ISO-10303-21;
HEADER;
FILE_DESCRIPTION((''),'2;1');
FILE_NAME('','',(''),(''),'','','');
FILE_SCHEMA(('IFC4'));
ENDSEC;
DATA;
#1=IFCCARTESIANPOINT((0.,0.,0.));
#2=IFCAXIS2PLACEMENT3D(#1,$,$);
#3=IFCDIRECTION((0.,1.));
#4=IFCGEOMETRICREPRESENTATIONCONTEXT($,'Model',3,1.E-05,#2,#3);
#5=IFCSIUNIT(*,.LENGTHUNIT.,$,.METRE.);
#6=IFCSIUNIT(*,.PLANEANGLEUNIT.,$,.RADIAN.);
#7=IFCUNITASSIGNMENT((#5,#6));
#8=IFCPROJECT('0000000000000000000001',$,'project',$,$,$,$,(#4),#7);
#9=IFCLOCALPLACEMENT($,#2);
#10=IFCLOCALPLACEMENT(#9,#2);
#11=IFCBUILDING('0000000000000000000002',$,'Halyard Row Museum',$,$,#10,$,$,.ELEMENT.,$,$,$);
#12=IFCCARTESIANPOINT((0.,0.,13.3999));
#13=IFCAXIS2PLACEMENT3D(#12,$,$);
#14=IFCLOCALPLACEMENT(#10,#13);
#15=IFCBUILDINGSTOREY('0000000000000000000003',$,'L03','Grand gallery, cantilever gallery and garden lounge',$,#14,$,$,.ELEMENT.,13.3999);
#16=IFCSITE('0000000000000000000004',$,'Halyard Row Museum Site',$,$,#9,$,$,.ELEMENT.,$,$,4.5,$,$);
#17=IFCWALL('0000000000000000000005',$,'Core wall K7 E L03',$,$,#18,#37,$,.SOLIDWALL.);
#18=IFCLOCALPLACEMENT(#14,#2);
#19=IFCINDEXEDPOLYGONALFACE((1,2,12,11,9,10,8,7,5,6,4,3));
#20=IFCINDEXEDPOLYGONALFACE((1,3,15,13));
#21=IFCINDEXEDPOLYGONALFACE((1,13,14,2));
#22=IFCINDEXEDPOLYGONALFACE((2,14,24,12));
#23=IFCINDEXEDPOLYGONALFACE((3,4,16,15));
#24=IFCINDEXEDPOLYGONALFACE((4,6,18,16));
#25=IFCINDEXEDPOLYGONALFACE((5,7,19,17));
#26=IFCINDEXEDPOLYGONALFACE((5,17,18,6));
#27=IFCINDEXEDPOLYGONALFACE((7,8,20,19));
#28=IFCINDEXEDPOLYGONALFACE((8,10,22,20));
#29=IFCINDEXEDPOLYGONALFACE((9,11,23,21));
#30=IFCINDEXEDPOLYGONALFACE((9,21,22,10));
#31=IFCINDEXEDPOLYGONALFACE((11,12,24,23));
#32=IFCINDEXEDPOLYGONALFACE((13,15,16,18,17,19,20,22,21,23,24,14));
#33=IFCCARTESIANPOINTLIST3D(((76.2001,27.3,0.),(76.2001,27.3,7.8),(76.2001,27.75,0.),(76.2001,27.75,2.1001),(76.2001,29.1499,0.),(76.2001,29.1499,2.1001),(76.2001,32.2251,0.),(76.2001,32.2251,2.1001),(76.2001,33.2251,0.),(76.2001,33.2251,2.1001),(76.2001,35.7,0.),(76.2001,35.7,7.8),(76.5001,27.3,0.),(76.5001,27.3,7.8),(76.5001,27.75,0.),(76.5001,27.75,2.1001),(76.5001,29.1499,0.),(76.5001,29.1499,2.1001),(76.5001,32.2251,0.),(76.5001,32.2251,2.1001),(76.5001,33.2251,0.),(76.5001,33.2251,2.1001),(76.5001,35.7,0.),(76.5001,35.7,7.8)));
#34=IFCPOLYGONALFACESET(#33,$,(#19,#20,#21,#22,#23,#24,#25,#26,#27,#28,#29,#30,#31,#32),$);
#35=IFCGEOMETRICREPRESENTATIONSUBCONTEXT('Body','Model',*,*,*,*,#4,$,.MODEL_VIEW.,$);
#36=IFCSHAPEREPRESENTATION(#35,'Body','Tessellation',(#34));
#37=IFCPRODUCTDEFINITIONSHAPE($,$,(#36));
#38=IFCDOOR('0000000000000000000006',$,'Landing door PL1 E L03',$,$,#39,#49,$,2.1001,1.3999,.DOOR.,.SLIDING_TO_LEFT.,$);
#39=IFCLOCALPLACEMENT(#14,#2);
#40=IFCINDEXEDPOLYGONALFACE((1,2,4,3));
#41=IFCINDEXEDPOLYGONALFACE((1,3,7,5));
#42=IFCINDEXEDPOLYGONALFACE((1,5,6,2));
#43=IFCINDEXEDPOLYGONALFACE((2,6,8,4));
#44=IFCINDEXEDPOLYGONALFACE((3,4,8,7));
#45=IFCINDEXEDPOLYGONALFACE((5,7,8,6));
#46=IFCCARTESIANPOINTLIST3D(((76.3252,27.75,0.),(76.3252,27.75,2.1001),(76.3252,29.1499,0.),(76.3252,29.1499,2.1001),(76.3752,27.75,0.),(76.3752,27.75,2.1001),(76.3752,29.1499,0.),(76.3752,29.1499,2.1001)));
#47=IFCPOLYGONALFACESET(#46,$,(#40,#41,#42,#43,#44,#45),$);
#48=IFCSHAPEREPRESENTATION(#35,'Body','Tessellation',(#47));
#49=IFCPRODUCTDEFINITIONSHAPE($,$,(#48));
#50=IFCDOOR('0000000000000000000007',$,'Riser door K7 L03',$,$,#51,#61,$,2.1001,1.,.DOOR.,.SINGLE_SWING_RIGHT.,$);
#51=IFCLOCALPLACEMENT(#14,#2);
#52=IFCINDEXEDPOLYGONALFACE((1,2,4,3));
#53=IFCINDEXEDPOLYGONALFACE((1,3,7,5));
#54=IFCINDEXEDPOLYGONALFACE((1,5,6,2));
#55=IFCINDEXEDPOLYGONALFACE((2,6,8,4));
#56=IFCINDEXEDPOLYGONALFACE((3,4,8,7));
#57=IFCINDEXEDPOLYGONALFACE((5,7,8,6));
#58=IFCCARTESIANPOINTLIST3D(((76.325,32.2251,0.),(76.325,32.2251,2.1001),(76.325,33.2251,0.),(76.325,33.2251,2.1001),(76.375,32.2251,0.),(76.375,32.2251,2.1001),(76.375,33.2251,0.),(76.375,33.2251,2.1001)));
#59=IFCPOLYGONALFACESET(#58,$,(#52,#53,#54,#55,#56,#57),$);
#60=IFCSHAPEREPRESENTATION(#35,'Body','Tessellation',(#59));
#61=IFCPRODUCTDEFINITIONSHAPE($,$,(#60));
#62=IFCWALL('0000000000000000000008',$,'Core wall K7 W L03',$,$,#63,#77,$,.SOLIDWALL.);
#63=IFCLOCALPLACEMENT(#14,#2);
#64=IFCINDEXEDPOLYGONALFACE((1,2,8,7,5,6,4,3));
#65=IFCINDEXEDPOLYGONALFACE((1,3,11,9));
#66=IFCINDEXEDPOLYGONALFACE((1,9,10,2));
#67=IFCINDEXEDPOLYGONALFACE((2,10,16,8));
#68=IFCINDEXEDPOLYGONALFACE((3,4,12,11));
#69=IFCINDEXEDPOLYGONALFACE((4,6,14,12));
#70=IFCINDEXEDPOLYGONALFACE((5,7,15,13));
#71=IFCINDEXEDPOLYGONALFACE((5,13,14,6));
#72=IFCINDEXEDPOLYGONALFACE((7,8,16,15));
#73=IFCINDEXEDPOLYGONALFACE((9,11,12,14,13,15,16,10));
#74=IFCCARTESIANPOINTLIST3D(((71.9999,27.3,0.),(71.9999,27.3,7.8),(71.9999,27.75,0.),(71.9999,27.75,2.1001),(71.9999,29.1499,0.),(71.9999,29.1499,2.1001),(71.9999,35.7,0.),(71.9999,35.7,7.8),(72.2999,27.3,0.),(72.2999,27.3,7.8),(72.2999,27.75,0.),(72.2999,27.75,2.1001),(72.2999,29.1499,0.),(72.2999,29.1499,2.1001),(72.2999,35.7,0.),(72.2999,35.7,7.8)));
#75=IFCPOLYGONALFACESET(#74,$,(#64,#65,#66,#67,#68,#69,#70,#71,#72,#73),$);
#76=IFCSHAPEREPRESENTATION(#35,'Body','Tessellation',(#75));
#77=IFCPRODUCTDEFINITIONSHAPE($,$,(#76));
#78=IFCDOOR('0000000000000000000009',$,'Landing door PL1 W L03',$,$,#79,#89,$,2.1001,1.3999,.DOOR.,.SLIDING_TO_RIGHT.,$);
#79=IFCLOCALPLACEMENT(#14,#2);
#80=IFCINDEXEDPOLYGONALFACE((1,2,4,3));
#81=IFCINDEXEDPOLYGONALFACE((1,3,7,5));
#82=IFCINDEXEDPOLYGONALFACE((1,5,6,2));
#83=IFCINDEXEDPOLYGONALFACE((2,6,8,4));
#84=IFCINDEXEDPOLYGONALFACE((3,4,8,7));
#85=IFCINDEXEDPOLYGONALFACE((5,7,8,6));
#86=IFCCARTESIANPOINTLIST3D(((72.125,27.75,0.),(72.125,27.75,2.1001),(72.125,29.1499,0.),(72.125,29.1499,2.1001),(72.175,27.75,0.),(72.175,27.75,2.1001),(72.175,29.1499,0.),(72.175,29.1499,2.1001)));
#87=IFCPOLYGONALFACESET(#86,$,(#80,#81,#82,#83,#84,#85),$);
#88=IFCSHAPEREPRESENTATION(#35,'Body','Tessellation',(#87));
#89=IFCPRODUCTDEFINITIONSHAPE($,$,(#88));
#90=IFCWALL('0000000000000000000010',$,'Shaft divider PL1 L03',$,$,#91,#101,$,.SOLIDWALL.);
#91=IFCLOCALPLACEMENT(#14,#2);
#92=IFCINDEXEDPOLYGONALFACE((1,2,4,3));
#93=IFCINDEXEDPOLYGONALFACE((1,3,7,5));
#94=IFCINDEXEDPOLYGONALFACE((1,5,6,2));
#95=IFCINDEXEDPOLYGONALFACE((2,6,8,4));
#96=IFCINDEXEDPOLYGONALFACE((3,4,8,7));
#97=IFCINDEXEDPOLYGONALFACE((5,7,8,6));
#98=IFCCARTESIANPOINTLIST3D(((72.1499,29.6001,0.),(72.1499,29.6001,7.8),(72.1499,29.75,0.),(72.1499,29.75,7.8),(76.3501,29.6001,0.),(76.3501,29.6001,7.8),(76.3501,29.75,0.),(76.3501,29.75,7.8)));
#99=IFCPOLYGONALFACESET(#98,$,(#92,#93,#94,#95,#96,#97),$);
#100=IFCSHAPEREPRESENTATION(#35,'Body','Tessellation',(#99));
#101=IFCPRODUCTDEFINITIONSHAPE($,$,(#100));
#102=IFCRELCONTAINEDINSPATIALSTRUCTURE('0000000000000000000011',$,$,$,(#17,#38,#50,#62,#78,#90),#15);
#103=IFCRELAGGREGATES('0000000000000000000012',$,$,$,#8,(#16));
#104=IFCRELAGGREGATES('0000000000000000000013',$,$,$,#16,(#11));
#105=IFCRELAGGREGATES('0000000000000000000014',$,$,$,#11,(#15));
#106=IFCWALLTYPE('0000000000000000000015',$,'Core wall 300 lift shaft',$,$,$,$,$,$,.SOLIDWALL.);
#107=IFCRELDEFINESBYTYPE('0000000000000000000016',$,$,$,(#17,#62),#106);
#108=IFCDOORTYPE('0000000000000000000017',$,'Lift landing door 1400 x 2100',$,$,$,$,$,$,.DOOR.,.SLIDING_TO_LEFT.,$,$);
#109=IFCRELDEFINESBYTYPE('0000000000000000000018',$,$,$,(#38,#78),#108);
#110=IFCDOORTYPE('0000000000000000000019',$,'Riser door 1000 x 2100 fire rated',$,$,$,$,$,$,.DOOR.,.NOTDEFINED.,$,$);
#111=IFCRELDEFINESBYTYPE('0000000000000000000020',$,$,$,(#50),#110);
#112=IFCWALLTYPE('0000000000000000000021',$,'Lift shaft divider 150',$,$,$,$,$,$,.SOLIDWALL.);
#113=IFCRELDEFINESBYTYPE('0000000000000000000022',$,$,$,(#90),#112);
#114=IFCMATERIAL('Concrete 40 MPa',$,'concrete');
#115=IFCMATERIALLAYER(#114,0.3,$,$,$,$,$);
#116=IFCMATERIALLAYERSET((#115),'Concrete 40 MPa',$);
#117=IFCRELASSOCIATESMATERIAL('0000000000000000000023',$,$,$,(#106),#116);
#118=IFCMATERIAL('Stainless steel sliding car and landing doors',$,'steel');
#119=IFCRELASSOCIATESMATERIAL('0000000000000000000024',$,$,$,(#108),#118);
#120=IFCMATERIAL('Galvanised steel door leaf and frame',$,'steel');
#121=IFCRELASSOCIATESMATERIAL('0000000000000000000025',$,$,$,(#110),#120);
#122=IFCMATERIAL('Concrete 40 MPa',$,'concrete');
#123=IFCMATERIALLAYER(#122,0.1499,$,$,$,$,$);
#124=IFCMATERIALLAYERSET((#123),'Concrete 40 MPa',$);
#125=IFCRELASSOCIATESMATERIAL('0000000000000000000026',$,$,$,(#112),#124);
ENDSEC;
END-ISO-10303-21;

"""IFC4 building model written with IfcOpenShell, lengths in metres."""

from ifc_helpers import new_model, si_unit, direction, frame, frame_2d, origin, place, context, subcontext, project, spatial, rectangle, extrude, material, layer, layer_set, type_object, element, fill, save


model = new_model("IFC4")

# Units and contexts
model_context = context("Model", 3, precision=1e-05, world=origin(), true_north=direction((0.0, 1.0)))
body_context = subcontext(model_context, "Body", "Model", "MODEL_VIEW")
ifc_project = project(units=[si_unit("LENGTHUNIT", "METRE"), si_unit("PLANEANGLEUNIT", "RADIAN")], contexts=[model_context])

# Site, building, storey
site_placement = place(None, origin())
site = spatial("IfcSite", under=ifc_project, at=site_placement, Name="Halyard Row Museum Site", CompositionType="ELEMENT", RefElevation=4.5)
building_placement = place(site_placement, origin())
building = spatial("IfcBuilding", under=site, at=building_placement, Name="Halyard Row Museum", CompositionType="ELEMENT")
storey_placement = place(building_placement, frame((0.0, 0.0, 13.3999)))
storey = spatial("IfcBuildingStorey", under=building, at=storey_placement, Name="L03", Description="Grand gallery, cantilever gallery and garden lounge", CompositionType="ELEMENT", Elevation=13.3999)

# Shared definitions
ifc_material_1 = material(Name="Concrete 40 MPa", Category="concrete")
ifc_layer_1 = layer(ifc_material_1, 0.3)
ifc_layer_set_1 = layer_set([ifc_layer_1], Name="Concrete 40 MPa")
wall_type_1 = type_object("IfcWallType", Name="Core wall 300 lift shaft", PredefinedType="SOLIDWALL", material=ifc_layer_set_1)

# Wall, openings, doors
wall_1_placement = place(storey_placement, frame((76.3501, 27.3, 0.0), z_axis=(0.0, 0.0, 1.0), x_axis=(0.0, 1.0, 0.0)))
wall_1 = element("IfcWall", 1, at=wall_1_placement, inside=storey, type_object=wall_type_1, Name="Core wall K7 E L03", PredefinedType="SOLIDWALL", context=body_context, shape_type="SweptSolid", body=[
    extrude(rectangle(XDim=8.3999, YDim=0.3, at=frame_2d((4.2, 0.0))), origin(), (0.0, 0.0, 1.0), 7.8),
])
opening_1_placement = place(wall_1_placement, frame((0.45, 0.0, 0.0)))
opening_1 = element("IfcOpeningElement", 2, at=opening_1_placement, cuts=wall_1, PredefinedType="OPENING", context=body_context, shape_type="SweptSolid", body=[
    extrude(rectangle(XDim=1.3999, YDim=2.1001, at=frame_2d((0.7, 1.05))), frame((0.0, 0.1599, 0.0), z_axis=(0.0, -1.0, 0.0), x_axis=(1.0, 0.0, 0.0)), (0.0, 0.0, 1.0), 0.3201),
])
opening_2_placement = place(wall_1_placement, frame((4.925, 0.0, 0.0)))
opening_2 = element("IfcOpeningElement", 3, at=opening_2_placement, cuts=wall_1, PredefinedType="OPENING", context=body_context, shape_type="SweptSolid", body=[
    extrude(rectangle(XDim=1.0, YDim=2.1001, at=frame_2d((0.5, 1.05))), frame((0.0, 0.1599, 0.0), z_axis=(0.0, -1.0, 0.0), x_axis=(1.0, 0.0, 0.0)), (0.0, 0.0, 1.0), 0.3201),
])
ifc_material_2 = material(Name="Stainless steel sliding car and landing doors", Category="steel")
door_type_1 = type_object("IfcDoorType", Name="Lift landing door 1400 x 2100", OperationType="SLIDING_TO_LEFT", PredefinedType="DOOR", material=ifc_material_2)
door_1_placement = place(opening_1_placement, origin())
door_1 = element("IfcDoor", 4, at=door_1_placement, inside=storey, type_object=door_type_1, Name="Landing door PL1 E L03", OperationType="SLIDING_TO_LEFT", OverallHeight=2.1001, OverallWidth=1.3999, PredefinedType="DOOR", context=body_context, shape_type="SweptSolid", body=[
    extrude(rectangle(XDim=1.3999, YDim=2.1001, at=frame_2d((0.7, 1.05))), frame((0.0, 0.0249, 0.0), z_axis=(0.0, -1.0, 0.0), x_axis=(1.0, 0.0, 0.0)), (0.0, 0.0, 1.0), 0.05),
])
fill(opening_1, door_1)
ifc_material_3 = material(Name="Galvanised steel door leaf and frame", Category="steel")
door_type_2 = type_object("IfcDoorType", Name="Riser door 1000 x 2100 fire rated", OperationType="NOTDEFINED", PredefinedType="DOOR", material=ifc_material_3)
door_2_placement = place(opening_2_placement, frame((1.0, 0.0, 0.0), z_axis=(0.0, 0.0, 1.0), x_axis=(-1.0, 0.0, 0.0)))
door_2 = element("IfcDoor", 5, at=door_2_placement, inside=storey, type_object=door_type_2, Name="Riser door K7 L03", OperationType="SINGLE_SWING_RIGHT", OverallHeight=2.1001, OverallWidth=1.0, PredefinedType="DOOR", context=body_context, shape_type="SweptSolid", body=[
    extrude(rectangle(XDim=1.0, YDim=2.1001, at=frame_2d((0.5, 1.05))), frame((0.0, 0.0249, 0.0), z_axis=(0.0, -1.0, 0.0), x_axis=(1.0, 0.0, 0.0)), (0.0, 0.0, 1.0), 0.05),
])
fill(opening_2, door_2)

# Wall, opening, door
wall_2_placement = place(storey_placement, frame((72.1499, 27.3, 0.0), z_axis=(0.0, 0.0, 1.0), x_axis=(0.0, 1.0, 0.0)))
wall_2 = element("IfcWall", 6, at=wall_2_placement, inside=storey, type_object=wall_type_1, Name="Core wall K7 W L03", PredefinedType="SOLIDWALL", context=body_context, shape_type="SweptSolid", body=[
    extrude(rectangle(XDim=8.3999, YDim=0.3, at=frame_2d((4.2, 0.0))), origin(), (0.0, 0.0, 1.0), 7.8),
])
opening_3_placement = place(wall_2_placement, frame((0.45, 0.0, 0.0)))
opening_3 = element("IfcOpeningElement", 7, at=opening_3_placement, cuts=wall_2, PredefinedType="OPENING", context=body_context, shape_type="SweptSolid", body=[
    extrude(rectangle(XDim=1.3999, YDim=2.1001, at=frame_2d((0.7, 1.05))), frame((0.0, 0.1599, 0.0), z_axis=(0.0, -1.0, 0.0), x_axis=(1.0, 0.0, 0.0)), (0.0, 0.0, 1.0), 0.3201),
])
door_3_placement = place(opening_3_placement, origin())
door_3 = element("IfcDoor", 8, at=door_3_placement, inside=storey, type_object=door_type_1, Name="Landing door PL1 W L03", OperationType="SLIDING_TO_RIGHT", OverallHeight=2.1001, OverallWidth=1.3999, PredefinedType="DOOR", context=body_context, shape_type="SweptSolid", body=[
    extrude(rectangle(XDim=1.3999, YDim=2.1001, at=frame_2d((0.7, 1.05))), frame((0.0, 0.0249, 0.0), z_axis=(0.0, -1.0, 0.0), x_axis=(1.0, 0.0, 0.0)), (0.0, 0.0, 1.0), 0.05),
])
fill(opening_3, door_3)

# Wall
ifc_material_4 = material(Name="Concrete 40 MPa", Category="concrete")
ifc_layer_2 = layer(ifc_material_4, 0.1499)
ifc_layer_set_2 = layer_set([ifc_layer_2], Name="Concrete 40 MPa")
wall_type_2 = type_object("IfcWallType", Name="Lift shaft divider 150", PredefinedType="SOLIDWALL", material=ifc_layer_set_2)
wall_3_placement = place(storey_placement, frame((72.1499, 29.675, 0.0), z_axis=(0.0, 0.0, 1.0), x_axis=(1.0, 0.0, 0.0)))
element("IfcWall", 9, at=wall_3_placement, inside=storey, type_object=wall_type_2, Name="Shaft divider PL1 L03", PredefinedType="SOLIDWALL", context=body_context, shape_type="SweptSolid", body=[
    extrude(rectangle(XDim=4.2002, YDim=0.1499, at=frame_2d((2.1001, 0.0))), origin(), (0.0, 0.0, 1.0), 7.8),
])

save(model, "model.ifc")
